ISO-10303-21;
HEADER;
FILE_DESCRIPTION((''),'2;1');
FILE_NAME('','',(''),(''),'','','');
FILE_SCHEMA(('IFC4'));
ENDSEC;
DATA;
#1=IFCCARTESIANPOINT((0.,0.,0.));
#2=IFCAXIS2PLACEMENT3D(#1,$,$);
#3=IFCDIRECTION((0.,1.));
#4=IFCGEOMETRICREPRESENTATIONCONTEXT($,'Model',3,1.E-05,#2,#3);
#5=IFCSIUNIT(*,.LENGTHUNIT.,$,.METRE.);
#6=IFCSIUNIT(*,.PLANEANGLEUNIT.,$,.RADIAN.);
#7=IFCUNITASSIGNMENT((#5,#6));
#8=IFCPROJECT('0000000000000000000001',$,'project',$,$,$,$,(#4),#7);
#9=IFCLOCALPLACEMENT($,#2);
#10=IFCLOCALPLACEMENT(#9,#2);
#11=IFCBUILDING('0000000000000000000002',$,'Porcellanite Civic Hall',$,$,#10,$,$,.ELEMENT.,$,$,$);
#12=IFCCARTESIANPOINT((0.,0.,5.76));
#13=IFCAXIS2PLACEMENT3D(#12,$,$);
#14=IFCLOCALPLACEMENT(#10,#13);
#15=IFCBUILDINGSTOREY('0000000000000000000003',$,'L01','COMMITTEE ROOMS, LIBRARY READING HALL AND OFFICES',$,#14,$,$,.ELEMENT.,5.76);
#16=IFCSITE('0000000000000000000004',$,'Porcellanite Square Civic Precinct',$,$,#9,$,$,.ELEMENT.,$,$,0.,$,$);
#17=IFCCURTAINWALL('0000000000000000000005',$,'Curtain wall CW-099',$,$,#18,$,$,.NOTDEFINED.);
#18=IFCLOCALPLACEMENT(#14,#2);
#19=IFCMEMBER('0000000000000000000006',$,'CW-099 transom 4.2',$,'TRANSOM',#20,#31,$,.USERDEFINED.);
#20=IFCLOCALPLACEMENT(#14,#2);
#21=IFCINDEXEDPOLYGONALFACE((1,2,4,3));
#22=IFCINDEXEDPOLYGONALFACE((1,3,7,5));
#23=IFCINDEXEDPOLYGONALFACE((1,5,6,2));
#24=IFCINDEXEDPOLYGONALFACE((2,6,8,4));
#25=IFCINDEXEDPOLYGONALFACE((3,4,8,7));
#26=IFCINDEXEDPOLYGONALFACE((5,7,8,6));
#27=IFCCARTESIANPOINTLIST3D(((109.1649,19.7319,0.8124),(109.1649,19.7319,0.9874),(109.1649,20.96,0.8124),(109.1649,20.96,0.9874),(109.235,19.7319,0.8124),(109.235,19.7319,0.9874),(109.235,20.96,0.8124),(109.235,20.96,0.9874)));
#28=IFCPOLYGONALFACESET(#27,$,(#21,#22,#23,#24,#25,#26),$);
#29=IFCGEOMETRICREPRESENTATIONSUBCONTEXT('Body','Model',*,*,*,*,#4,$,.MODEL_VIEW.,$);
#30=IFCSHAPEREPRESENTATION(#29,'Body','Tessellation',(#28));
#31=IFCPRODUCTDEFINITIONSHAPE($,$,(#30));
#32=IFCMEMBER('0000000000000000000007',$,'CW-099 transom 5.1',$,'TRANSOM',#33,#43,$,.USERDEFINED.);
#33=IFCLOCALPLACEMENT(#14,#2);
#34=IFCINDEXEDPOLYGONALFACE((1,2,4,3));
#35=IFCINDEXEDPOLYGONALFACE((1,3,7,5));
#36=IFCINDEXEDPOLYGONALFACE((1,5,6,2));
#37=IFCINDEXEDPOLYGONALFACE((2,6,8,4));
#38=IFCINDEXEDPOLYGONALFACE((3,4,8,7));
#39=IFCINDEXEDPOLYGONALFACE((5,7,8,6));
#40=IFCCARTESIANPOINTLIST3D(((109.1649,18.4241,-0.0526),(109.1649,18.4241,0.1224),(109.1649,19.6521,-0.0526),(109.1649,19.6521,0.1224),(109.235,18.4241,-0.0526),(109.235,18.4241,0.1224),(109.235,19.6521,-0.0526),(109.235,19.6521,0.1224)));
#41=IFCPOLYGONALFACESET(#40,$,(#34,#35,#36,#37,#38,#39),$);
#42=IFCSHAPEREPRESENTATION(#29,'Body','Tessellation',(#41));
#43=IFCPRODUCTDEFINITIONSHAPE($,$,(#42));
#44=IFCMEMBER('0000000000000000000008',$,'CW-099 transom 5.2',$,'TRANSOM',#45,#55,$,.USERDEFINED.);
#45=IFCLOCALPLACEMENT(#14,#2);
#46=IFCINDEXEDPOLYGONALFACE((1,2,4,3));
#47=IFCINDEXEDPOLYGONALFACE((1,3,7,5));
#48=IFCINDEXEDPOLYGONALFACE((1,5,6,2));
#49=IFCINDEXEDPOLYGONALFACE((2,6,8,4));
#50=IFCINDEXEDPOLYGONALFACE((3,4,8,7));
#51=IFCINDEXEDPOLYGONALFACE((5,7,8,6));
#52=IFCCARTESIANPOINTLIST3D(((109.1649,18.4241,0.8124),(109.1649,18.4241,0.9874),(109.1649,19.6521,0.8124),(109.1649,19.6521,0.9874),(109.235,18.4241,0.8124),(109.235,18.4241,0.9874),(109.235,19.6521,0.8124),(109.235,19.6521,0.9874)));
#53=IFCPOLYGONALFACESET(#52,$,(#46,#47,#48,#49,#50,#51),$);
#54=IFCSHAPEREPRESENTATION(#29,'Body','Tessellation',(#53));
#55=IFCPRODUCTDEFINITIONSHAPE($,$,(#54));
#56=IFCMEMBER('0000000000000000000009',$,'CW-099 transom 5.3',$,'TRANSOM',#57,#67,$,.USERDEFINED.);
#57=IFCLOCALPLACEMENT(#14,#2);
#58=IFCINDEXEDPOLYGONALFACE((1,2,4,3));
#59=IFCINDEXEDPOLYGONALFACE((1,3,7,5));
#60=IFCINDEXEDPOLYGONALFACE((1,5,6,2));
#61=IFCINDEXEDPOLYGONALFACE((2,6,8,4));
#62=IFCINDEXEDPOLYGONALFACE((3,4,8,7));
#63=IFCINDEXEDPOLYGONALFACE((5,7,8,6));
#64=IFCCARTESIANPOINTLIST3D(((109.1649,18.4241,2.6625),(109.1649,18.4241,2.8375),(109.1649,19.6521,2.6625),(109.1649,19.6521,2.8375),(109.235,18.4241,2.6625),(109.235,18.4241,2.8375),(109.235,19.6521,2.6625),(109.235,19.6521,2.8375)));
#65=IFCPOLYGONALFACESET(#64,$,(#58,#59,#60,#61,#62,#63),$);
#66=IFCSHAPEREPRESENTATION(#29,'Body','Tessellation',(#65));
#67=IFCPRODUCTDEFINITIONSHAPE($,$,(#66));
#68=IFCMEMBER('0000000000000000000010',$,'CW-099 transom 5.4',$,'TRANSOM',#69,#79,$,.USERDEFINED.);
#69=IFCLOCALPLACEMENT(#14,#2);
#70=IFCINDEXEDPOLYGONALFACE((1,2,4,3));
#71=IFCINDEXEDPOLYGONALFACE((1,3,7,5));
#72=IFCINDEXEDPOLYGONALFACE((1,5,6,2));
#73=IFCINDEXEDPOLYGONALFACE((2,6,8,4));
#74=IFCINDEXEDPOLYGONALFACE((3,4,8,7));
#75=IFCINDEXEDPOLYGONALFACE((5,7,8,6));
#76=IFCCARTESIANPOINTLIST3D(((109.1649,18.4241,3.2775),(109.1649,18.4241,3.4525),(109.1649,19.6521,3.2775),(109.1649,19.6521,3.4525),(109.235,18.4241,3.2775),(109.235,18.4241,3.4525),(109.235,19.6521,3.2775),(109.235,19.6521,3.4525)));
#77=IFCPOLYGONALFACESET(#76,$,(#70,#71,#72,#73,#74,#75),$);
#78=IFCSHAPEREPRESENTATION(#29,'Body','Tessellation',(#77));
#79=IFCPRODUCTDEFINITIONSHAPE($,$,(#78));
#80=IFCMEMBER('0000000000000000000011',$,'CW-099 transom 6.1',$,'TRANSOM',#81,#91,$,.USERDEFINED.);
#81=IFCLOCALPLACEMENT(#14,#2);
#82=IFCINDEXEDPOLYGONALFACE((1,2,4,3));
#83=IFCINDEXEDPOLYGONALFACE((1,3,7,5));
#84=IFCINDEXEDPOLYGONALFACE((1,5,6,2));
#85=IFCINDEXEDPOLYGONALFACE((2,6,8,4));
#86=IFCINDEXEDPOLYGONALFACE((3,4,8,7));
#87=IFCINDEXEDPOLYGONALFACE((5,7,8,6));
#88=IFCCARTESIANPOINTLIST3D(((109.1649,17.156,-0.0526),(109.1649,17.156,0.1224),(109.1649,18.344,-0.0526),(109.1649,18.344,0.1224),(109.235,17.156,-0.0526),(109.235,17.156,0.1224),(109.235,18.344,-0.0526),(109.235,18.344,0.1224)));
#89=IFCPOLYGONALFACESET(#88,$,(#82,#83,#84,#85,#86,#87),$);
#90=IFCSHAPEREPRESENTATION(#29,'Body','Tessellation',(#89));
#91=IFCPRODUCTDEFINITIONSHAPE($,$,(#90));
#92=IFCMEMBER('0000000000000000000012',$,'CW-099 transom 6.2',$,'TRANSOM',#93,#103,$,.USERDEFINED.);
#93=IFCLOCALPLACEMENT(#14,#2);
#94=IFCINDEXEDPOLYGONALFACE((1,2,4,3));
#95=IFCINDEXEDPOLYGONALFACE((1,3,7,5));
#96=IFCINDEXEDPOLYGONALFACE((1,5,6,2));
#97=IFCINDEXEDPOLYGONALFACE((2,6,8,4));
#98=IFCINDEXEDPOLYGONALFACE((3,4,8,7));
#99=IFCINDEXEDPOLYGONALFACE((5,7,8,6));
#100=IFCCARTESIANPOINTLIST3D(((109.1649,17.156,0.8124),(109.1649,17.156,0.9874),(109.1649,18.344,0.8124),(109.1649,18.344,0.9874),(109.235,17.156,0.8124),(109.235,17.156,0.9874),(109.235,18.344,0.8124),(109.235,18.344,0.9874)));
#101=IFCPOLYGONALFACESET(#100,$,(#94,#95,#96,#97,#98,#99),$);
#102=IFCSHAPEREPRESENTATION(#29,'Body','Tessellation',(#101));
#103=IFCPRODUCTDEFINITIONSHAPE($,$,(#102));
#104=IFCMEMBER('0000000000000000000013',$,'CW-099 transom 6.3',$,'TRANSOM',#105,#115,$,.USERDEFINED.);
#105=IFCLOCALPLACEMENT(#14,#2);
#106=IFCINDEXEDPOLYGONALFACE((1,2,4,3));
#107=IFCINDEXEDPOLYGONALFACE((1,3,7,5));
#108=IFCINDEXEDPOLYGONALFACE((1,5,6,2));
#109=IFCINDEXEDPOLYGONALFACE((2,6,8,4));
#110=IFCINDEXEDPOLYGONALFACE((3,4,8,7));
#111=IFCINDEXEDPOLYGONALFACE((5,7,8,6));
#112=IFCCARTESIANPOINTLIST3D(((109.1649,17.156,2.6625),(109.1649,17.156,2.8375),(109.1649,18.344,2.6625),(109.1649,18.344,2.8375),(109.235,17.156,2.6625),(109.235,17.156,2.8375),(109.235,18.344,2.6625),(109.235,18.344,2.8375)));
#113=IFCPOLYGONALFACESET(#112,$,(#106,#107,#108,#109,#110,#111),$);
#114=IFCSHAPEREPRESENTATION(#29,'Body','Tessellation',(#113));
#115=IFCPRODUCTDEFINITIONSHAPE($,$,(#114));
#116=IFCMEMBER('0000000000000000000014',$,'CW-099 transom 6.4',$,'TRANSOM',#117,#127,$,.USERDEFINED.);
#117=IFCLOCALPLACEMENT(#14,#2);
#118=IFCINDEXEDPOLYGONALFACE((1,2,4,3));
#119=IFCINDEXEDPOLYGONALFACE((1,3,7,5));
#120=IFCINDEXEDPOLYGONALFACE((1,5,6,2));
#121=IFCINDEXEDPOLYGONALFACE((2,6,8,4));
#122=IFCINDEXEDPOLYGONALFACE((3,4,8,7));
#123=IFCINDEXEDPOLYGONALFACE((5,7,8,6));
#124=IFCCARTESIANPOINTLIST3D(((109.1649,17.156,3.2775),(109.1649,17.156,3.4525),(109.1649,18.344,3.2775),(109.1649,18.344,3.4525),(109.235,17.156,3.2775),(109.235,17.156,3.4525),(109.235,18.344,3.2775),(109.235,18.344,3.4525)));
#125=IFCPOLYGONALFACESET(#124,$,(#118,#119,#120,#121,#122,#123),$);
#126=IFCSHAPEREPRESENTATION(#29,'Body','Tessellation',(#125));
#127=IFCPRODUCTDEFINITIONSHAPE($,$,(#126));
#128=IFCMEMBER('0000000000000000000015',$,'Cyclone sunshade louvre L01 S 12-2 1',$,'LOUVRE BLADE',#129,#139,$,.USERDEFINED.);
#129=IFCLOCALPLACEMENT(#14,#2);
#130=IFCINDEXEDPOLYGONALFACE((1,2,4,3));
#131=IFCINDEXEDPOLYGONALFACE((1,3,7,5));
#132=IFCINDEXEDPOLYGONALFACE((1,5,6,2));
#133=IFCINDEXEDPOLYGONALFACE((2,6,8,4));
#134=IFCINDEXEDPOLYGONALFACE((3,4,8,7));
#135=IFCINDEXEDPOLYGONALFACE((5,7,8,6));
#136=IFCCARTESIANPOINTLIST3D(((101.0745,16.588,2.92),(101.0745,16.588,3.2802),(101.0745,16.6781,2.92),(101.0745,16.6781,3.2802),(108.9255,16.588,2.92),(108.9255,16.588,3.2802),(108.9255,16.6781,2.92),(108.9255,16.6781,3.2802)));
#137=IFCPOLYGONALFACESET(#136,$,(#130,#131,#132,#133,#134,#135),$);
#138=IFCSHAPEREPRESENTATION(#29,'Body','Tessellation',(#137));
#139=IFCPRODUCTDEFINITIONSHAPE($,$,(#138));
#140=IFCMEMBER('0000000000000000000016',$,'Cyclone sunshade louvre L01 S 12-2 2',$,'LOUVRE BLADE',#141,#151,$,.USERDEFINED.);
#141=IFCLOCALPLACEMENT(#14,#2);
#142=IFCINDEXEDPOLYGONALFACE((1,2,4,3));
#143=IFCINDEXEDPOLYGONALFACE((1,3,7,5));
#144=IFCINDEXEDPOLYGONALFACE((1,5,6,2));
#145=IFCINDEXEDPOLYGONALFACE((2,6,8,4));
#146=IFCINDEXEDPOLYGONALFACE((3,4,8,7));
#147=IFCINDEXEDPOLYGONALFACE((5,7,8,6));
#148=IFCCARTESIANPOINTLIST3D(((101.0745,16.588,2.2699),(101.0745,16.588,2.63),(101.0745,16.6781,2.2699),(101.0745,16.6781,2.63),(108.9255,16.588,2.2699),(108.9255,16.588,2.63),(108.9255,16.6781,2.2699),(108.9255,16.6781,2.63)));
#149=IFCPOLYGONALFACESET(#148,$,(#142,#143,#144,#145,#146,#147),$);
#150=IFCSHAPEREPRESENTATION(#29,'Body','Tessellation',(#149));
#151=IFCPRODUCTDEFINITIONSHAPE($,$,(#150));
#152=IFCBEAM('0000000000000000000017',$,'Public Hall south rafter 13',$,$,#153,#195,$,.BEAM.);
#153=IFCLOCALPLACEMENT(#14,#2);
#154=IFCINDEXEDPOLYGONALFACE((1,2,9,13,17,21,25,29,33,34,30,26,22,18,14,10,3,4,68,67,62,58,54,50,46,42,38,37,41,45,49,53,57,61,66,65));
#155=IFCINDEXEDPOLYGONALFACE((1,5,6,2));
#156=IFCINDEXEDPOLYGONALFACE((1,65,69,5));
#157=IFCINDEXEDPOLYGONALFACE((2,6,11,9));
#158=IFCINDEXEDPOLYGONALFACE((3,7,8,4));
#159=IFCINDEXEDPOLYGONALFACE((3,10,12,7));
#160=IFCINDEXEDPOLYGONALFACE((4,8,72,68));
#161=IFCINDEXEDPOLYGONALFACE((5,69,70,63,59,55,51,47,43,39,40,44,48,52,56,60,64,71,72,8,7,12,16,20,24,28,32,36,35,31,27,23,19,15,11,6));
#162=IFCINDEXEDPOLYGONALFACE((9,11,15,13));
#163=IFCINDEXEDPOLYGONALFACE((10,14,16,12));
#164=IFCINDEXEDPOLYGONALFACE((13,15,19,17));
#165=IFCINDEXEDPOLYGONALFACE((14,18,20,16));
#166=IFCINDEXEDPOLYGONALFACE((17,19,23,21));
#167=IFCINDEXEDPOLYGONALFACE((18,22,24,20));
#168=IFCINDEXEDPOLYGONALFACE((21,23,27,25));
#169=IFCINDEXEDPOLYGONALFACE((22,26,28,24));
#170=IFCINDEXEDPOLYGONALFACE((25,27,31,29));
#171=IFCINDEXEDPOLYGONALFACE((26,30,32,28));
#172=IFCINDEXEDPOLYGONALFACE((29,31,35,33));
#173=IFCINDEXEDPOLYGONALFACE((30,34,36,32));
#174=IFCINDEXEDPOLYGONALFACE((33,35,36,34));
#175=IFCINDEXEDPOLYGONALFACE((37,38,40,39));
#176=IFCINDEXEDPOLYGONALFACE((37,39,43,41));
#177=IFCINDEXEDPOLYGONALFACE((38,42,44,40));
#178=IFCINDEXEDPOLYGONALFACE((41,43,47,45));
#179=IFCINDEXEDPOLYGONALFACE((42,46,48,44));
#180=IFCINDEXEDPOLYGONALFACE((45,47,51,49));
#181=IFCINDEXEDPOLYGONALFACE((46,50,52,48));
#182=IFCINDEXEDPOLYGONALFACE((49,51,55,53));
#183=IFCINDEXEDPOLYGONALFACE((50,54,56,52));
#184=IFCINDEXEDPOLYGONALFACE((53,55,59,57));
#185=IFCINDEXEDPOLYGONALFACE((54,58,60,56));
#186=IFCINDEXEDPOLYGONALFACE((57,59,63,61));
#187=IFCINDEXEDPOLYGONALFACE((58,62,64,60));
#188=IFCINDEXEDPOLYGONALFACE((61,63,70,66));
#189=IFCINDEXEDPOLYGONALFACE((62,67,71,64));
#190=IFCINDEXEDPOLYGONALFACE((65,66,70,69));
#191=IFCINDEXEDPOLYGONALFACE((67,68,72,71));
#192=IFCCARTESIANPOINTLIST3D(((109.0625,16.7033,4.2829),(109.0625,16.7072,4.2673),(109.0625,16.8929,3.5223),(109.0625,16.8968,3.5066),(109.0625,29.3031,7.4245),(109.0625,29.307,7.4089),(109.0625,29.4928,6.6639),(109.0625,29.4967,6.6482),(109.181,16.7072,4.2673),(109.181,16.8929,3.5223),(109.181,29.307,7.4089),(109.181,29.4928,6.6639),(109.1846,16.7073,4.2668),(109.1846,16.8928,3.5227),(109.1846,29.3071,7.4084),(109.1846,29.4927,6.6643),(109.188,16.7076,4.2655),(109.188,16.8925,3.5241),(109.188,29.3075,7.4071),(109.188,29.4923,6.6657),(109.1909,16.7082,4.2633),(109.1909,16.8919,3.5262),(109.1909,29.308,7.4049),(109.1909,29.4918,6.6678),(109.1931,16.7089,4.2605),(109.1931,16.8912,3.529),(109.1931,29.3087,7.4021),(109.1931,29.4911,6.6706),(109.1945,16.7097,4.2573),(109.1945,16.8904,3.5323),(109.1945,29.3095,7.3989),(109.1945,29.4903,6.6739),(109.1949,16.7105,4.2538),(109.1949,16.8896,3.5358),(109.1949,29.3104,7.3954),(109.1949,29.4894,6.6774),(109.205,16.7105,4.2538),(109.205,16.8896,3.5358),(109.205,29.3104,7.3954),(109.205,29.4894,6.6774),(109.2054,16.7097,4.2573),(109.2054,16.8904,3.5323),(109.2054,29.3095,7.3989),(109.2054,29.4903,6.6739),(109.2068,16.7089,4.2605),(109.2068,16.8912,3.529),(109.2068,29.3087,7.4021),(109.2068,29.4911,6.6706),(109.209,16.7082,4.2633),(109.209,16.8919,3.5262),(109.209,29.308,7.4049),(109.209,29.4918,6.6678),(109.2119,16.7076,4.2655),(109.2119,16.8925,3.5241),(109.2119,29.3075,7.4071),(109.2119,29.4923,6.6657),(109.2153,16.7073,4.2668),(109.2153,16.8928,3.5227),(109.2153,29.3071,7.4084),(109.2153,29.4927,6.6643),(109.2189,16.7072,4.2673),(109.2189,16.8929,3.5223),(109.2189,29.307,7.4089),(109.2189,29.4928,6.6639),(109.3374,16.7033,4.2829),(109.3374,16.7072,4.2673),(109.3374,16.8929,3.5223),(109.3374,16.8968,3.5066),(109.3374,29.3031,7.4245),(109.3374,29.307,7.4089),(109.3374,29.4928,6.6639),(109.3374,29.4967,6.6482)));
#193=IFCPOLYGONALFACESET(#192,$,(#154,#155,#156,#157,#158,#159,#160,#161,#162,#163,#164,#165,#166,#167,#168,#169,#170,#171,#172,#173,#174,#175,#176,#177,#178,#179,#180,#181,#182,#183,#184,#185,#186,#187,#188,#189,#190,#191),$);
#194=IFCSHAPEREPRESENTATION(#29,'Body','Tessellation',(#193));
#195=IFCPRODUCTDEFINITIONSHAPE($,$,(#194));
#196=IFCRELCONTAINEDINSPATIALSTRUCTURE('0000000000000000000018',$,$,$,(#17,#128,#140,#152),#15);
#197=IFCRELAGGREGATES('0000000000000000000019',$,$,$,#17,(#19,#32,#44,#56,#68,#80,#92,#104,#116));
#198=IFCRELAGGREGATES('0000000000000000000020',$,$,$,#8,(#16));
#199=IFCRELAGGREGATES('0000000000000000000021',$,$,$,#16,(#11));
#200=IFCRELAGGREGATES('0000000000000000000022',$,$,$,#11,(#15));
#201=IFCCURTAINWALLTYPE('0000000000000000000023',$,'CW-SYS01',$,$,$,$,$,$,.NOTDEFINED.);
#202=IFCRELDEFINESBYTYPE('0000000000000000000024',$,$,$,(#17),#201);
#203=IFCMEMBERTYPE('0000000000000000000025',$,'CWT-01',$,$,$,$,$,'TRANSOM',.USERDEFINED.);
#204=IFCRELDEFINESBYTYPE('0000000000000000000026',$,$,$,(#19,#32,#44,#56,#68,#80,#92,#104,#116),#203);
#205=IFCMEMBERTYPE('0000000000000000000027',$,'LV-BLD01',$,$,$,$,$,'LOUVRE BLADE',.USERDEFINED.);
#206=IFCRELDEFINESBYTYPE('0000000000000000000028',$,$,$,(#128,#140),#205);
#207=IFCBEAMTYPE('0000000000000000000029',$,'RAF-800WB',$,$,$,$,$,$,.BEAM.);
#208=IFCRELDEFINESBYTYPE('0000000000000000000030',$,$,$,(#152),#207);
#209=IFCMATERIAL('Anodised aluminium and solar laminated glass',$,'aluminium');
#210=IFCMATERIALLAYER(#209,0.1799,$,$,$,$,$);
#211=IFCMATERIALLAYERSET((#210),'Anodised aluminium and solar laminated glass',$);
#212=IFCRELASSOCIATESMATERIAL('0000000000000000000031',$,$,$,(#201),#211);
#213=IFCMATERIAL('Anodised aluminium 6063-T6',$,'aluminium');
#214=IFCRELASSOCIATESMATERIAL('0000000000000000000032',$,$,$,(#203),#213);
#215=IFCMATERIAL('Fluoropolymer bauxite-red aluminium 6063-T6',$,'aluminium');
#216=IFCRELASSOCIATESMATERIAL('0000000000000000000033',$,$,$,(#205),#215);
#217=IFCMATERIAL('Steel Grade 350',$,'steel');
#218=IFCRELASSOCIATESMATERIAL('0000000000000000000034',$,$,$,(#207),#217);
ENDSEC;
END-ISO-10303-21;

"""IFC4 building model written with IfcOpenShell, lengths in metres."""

from ifc_helpers import new_model, si_unit, direction, frame, origin, origin_2d, place, context, subcontext, project, spatial, rectangle, i_section, extrude, material, layer, layer_set, material_profile, profile_set, type_object, element, aggregate, save


model = new_model("IFC4")

# Units and contexts
model_context = context("Model", 3, precision=1e-05, world=origin(), true_north=direction((0.0, 1.0)))
body_context = subcontext(model_context, "Body", "Model", "MODEL_VIEW")
ifc_project = project(units=[si_unit("LENGTHUNIT", "METRE"), si_unit("PLANEANGLEUNIT", "RADIAN")], contexts=[model_context])

# Site, building, storey
site_placement = place(None, origin())
site = spatial("IfcSite", under=ifc_project, at=site_placement, Name="Porcellanite Square Civic Precinct", CompositionType="ELEMENT", RefElevation=0.0)
building_placement = place(site_placement, origin())
building = spatial("IfcBuilding", under=site, at=building_placement, Name="Porcellanite Civic Hall", CompositionType="ELEMENT")
storey_placement = place(building_placement, frame((0.0, 0.0, 5.76)))
storey = spatial("IfcBuildingStorey", under=building, at=storey_placement, Name="L01", Description="COMMITTEE ROOMS, LIBRARY READING HALL AND OFFICES", CompositionType="ELEMENT", Elevation=5.76)

# Shared definitions
ifc_material_1 = material(Name="Anodised aluminium and solar laminated glass", Category="aluminium")
ifc_layer_1 = layer(ifc_material_1, 0.1799)
ifc_layer_set_1 = layer_set([ifc_layer_1], Name="Anodised aluminium and solar laminated glass")
curtain_wall_type = type_object("IfcCurtainWallType", Name="CW-SYS01", PredefinedType="NOTDEFINED", material=ifc_layer_set_1)

# Curtain wall
curtain_wall_1_placement = place(storey_placement, origin())
curtain_wall_1 = element("IfcCurtainWall", 1, at=curtain_wall_1_placement, inside=storey, type_object=curtain_wall_type, Name="Curtain wall CW-099", PredefinedType="NOTDEFINED")

# Members
ifc_material_2 = material(Name="Anodised aluminium 6063-T6", Category="aluminium")
ifc_material_profile_1 = material_profile(ifc_material_2, rectangle(XDim=0.0701, YDim=0.175, at=origin_2d()), Name="AL-70x175")
ifc_profile_set_1 = profile_set([ifc_material_profile_1], Name="Anodised aluminium 6063-T6")
member_type_1 = type_object("IfcMemberType", Name="CWT-01", ElementType="TRANSOM", PredefinedType="USERDEFINED", material=ifc_profile_set_1)
member_1_placement = place(storey_placement, frame((109.2, 20.96, 0.8999), z_axis=(0.0, -1.0, 0.0), x_axis=(1.0, 0.0, 0.0)))
member_1 = element("IfcMember", 2, at=member_1_placement, type_object=member_type_1, Name="CW-099 transom 4.2", ObjectType="TRANSOM", PredefinedType="USERDEFINED", context=body_context, shape_type="SweptSolid", body=[
    extrude(rectangle(XDim=0.0701, YDim=0.175, at=origin_2d()), origin(), (0.0, 0.0, 1.0), 1.228),
])
member_2_placement = place(storey_placement, frame((109.2, 19.6521, 0.0349), z_axis=(0.0, -1.0, 0.0), x_axis=(1.0, 0.0, 0.0)))
member_2 = element("IfcMember", 3, at=member_2_placement, type_object=member_type_1, Name="CW-099 transom 5.1", ObjectType="TRANSOM", PredefinedType="USERDEFINED", context=body_context, shape_type="SweptSolid", body=[
    extrude(rectangle(XDim=0.0701, YDim=0.175, at=origin_2d()), origin(), (0.0, 0.0, 1.0), 1.228),
])
member_3_placement = place(storey_placement, frame((109.2, 19.6521, 0.8999), z_axis=(0.0, -1.0, 0.0), x_axis=(1.0, 0.0, 0.0)))
member_3 = element("IfcMember", 4, at=member_3_placement, type_object=member_type_1, Name="CW-099 transom 5.2", ObjectType="TRANSOM", PredefinedType="USERDEFINED", context=body_context, shape_type="SweptSolid", body=[
    extrude(rectangle(XDim=0.0701, YDim=0.175, at=origin_2d()), origin(), (0.0, 0.0, 1.0), 1.228),
])
member_4_placement = place(storey_placement, frame((109.2, 19.6521, 2.75), z_axis=(0.0, -1.0, 0.0), x_axis=(1.0, 0.0, 0.0)))
member_4 = element("IfcMember", 5, at=member_4_placement, type_object=member_type_1, Name="CW-099 transom 5.3", ObjectType="TRANSOM", PredefinedType="USERDEFINED", context=body_context, shape_type="SweptSolid", body=[
    extrude(rectangle(XDim=0.0701, YDim=0.175, at=origin_2d()), origin(), (0.0, 0.0, 1.0), 1.228),
])
member_5_placement = place(storey_placement, frame((109.2, 19.6521, 3.365), z_axis=(0.0, -1.0, 0.0), x_axis=(1.0, 0.0, 0.0)))
member_5 = element("IfcMember", 6, at=member_5_placement, type_object=member_type_1, Name="CW-099 transom 5.4", ObjectType="TRANSOM", PredefinedType="USERDEFINED", context=body_context, shape_type="SweptSolid", body=[
    extrude(rectangle(XDim=0.0701, YDim=0.175, at=origin_2d()), origin(), (0.0, 0.0, 1.0), 1.228),
])
member_6_placement = place(storey_placement, frame((109.2, 18.344, 0.0349), z_axis=(0.0, -1.0, 0.0), x_axis=(1.0, 0.0, 0.0)))
member_6 = element("IfcMember", 7, at=member_6_placement, type_object=member_type_1, Name="CW-099 transom 6.1", ObjectType="TRANSOM", PredefinedType="USERDEFINED", context=body_context, shape_type="SweptSolid", body=[
    extrude(rectangle(XDim=0.0701, YDim=0.175, at=origin_2d()), origin(), (0.0, 0.0, 1.0), 1.188),
])
member_7_placement = place(storey_placement, frame((109.2, 18.344, 0.8999), z_axis=(0.0, -1.0, 0.0), x_axis=(1.0, 0.0, 0.0)))
member_7 = element("IfcMember", 8, at=member_7_placement, type_object=member_type_1, Name="CW-099 transom 6.2", ObjectType="TRANSOM", PredefinedType="USERDEFINED", context=body_context, shape_type="SweptSolid", body=[
    extrude(rectangle(XDim=0.0701, YDim=0.175, at=origin_2d()), origin(), (0.0, 0.0, 1.0), 1.188),
])
member_8_placement = place(storey_placement, frame((109.2, 18.344, 2.75), z_axis=(0.0, -1.0, 0.0), x_axis=(1.0, 0.0, 0.0)))
member_8 = element("IfcMember", 9, at=member_8_placement, type_object=member_type_1, Name="CW-099 transom 6.3", ObjectType="TRANSOM", PredefinedType="USERDEFINED", context=body_context, shape_type="SweptSolid", body=[
    extrude(rectangle(XDim=0.0701, YDim=0.175, at=origin_2d()), origin(), (0.0, 0.0, 1.0), 1.188),
])
member_9_placement = place(storey_placement, frame((109.2, 18.344, 3.365), z_axis=(0.0, -1.0, 0.0), x_axis=(1.0, 0.0, 0.0)))
member_9 = element("IfcMember", 10, at=member_9_placement, type_object=member_type_1, Name="CW-099 transom 6.4", ObjectType="TRANSOM", PredefinedType="USERDEFINED", context=body_context, shape_type="SweptSolid", body=[
    extrude(rectangle(XDim=0.0701, YDim=0.175, at=origin_2d()), origin(), (0.0, 0.0, 1.0), 1.188),
])

# Members
ifc_material_3 = material(Name="Fluoropolymer bauxite-red aluminium 6063-T6", Category="aluminium")
ifc_material_profile_2 = material_profile(ifc_material_3, rectangle(XDim=0.0901, YDim=0.3601, at=origin_2d()), Name="AL-90x360")
ifc_profile_set_2 = profile_set([ifc_material_profile_2], Name="Fluoropolymer bauxite-red aluminium 6063-T6")
member_type_2 = type_object("IfcMemberType", Name="LV-BLD01", ElementType="LOUVRE BLADE", PredefinedType="USERDEFINED", material=ifc_profile_set_2)
for number, where, z_axis, x_axis, name in (
    (11, (108.9255, 16.6331, 3.1001), (-1.0, 0.0, 0.0), (0.0, -1.0, 0.0), "Cyclone sunshade louvre L01 S 12-2 1"),
    (12, (108.9255, 16.6331, 2.45), (-1.0, 0.0, 0.0), (0.0, -1.0, 0.0), "Cyclone sunshade louvre L01 S 12-2 2"),
):
    element("IfcMember", number, at=place(storey_placement, frame(where, z_axis=z_axis, x_axis=x_axis)), inside=storey, type_object=member_type_2, Name=name, ObjectType="LOUVRE BLADE", PredefinedType="USERDEFINED", context=body_context, shape_type="SweptSolid", body=[
        extrude(rectangle(XDim=0.0901, YDim=0.3601, at=origin_2d()), origin(), (0.0, 0.0, 1.0), 7.8511),
    ])

# Beam
ifc_material_4 = material(Name="Steel Grade 350", Category="steel")
ifc_material_profile_3 = material_profile(ifc_material_4, i_section(OverallWidth=0.2749, OverallDepth=0.8, WebThickness=0.01, FlangeThickness=0.0161, FilletRadius=0.0139, at=origin_2d()), Name="800WB146")
ifc_profile_set_3 = profile_set([ifc_material_profile_3], Name="Steel Grade 350")
beam_type_1 = type_object("IfcBeamType", Name="RAF-800WB", PredefinedType="BEAM", material=ifc_profile_set_3)
beam_1_placement = place(storey_placement, frame((109.2, 16.8, 3.8948), z_axis=(0.0, 0.970294, 0.24193), x_axis=(-1.0, 0.0, 0.0)))
element("IfcBeam", 13, at=beam_1_placement, inside=storey, type_object=beam_type_1, Name="Public Hall south rafter 13", PredefinedType="BEAM", context=body_context, shape_type="SweptSolid", body=[
    extrude(i_section(OverallWidth=0.2749, OverallDepth=0.8, WebThickness=0.01, FlangeThickness=0.0161, FilletRadius=0.0139, at=origin_2d()), origin(), (0.0, 0.0, 1.0), 12.9856),
])

aggregate(curtain_wall_1, [member_1, member_2, member_3, member_4, member_5, member_6, member_7, member_8, member_9])

save(model, "model.ifc")
